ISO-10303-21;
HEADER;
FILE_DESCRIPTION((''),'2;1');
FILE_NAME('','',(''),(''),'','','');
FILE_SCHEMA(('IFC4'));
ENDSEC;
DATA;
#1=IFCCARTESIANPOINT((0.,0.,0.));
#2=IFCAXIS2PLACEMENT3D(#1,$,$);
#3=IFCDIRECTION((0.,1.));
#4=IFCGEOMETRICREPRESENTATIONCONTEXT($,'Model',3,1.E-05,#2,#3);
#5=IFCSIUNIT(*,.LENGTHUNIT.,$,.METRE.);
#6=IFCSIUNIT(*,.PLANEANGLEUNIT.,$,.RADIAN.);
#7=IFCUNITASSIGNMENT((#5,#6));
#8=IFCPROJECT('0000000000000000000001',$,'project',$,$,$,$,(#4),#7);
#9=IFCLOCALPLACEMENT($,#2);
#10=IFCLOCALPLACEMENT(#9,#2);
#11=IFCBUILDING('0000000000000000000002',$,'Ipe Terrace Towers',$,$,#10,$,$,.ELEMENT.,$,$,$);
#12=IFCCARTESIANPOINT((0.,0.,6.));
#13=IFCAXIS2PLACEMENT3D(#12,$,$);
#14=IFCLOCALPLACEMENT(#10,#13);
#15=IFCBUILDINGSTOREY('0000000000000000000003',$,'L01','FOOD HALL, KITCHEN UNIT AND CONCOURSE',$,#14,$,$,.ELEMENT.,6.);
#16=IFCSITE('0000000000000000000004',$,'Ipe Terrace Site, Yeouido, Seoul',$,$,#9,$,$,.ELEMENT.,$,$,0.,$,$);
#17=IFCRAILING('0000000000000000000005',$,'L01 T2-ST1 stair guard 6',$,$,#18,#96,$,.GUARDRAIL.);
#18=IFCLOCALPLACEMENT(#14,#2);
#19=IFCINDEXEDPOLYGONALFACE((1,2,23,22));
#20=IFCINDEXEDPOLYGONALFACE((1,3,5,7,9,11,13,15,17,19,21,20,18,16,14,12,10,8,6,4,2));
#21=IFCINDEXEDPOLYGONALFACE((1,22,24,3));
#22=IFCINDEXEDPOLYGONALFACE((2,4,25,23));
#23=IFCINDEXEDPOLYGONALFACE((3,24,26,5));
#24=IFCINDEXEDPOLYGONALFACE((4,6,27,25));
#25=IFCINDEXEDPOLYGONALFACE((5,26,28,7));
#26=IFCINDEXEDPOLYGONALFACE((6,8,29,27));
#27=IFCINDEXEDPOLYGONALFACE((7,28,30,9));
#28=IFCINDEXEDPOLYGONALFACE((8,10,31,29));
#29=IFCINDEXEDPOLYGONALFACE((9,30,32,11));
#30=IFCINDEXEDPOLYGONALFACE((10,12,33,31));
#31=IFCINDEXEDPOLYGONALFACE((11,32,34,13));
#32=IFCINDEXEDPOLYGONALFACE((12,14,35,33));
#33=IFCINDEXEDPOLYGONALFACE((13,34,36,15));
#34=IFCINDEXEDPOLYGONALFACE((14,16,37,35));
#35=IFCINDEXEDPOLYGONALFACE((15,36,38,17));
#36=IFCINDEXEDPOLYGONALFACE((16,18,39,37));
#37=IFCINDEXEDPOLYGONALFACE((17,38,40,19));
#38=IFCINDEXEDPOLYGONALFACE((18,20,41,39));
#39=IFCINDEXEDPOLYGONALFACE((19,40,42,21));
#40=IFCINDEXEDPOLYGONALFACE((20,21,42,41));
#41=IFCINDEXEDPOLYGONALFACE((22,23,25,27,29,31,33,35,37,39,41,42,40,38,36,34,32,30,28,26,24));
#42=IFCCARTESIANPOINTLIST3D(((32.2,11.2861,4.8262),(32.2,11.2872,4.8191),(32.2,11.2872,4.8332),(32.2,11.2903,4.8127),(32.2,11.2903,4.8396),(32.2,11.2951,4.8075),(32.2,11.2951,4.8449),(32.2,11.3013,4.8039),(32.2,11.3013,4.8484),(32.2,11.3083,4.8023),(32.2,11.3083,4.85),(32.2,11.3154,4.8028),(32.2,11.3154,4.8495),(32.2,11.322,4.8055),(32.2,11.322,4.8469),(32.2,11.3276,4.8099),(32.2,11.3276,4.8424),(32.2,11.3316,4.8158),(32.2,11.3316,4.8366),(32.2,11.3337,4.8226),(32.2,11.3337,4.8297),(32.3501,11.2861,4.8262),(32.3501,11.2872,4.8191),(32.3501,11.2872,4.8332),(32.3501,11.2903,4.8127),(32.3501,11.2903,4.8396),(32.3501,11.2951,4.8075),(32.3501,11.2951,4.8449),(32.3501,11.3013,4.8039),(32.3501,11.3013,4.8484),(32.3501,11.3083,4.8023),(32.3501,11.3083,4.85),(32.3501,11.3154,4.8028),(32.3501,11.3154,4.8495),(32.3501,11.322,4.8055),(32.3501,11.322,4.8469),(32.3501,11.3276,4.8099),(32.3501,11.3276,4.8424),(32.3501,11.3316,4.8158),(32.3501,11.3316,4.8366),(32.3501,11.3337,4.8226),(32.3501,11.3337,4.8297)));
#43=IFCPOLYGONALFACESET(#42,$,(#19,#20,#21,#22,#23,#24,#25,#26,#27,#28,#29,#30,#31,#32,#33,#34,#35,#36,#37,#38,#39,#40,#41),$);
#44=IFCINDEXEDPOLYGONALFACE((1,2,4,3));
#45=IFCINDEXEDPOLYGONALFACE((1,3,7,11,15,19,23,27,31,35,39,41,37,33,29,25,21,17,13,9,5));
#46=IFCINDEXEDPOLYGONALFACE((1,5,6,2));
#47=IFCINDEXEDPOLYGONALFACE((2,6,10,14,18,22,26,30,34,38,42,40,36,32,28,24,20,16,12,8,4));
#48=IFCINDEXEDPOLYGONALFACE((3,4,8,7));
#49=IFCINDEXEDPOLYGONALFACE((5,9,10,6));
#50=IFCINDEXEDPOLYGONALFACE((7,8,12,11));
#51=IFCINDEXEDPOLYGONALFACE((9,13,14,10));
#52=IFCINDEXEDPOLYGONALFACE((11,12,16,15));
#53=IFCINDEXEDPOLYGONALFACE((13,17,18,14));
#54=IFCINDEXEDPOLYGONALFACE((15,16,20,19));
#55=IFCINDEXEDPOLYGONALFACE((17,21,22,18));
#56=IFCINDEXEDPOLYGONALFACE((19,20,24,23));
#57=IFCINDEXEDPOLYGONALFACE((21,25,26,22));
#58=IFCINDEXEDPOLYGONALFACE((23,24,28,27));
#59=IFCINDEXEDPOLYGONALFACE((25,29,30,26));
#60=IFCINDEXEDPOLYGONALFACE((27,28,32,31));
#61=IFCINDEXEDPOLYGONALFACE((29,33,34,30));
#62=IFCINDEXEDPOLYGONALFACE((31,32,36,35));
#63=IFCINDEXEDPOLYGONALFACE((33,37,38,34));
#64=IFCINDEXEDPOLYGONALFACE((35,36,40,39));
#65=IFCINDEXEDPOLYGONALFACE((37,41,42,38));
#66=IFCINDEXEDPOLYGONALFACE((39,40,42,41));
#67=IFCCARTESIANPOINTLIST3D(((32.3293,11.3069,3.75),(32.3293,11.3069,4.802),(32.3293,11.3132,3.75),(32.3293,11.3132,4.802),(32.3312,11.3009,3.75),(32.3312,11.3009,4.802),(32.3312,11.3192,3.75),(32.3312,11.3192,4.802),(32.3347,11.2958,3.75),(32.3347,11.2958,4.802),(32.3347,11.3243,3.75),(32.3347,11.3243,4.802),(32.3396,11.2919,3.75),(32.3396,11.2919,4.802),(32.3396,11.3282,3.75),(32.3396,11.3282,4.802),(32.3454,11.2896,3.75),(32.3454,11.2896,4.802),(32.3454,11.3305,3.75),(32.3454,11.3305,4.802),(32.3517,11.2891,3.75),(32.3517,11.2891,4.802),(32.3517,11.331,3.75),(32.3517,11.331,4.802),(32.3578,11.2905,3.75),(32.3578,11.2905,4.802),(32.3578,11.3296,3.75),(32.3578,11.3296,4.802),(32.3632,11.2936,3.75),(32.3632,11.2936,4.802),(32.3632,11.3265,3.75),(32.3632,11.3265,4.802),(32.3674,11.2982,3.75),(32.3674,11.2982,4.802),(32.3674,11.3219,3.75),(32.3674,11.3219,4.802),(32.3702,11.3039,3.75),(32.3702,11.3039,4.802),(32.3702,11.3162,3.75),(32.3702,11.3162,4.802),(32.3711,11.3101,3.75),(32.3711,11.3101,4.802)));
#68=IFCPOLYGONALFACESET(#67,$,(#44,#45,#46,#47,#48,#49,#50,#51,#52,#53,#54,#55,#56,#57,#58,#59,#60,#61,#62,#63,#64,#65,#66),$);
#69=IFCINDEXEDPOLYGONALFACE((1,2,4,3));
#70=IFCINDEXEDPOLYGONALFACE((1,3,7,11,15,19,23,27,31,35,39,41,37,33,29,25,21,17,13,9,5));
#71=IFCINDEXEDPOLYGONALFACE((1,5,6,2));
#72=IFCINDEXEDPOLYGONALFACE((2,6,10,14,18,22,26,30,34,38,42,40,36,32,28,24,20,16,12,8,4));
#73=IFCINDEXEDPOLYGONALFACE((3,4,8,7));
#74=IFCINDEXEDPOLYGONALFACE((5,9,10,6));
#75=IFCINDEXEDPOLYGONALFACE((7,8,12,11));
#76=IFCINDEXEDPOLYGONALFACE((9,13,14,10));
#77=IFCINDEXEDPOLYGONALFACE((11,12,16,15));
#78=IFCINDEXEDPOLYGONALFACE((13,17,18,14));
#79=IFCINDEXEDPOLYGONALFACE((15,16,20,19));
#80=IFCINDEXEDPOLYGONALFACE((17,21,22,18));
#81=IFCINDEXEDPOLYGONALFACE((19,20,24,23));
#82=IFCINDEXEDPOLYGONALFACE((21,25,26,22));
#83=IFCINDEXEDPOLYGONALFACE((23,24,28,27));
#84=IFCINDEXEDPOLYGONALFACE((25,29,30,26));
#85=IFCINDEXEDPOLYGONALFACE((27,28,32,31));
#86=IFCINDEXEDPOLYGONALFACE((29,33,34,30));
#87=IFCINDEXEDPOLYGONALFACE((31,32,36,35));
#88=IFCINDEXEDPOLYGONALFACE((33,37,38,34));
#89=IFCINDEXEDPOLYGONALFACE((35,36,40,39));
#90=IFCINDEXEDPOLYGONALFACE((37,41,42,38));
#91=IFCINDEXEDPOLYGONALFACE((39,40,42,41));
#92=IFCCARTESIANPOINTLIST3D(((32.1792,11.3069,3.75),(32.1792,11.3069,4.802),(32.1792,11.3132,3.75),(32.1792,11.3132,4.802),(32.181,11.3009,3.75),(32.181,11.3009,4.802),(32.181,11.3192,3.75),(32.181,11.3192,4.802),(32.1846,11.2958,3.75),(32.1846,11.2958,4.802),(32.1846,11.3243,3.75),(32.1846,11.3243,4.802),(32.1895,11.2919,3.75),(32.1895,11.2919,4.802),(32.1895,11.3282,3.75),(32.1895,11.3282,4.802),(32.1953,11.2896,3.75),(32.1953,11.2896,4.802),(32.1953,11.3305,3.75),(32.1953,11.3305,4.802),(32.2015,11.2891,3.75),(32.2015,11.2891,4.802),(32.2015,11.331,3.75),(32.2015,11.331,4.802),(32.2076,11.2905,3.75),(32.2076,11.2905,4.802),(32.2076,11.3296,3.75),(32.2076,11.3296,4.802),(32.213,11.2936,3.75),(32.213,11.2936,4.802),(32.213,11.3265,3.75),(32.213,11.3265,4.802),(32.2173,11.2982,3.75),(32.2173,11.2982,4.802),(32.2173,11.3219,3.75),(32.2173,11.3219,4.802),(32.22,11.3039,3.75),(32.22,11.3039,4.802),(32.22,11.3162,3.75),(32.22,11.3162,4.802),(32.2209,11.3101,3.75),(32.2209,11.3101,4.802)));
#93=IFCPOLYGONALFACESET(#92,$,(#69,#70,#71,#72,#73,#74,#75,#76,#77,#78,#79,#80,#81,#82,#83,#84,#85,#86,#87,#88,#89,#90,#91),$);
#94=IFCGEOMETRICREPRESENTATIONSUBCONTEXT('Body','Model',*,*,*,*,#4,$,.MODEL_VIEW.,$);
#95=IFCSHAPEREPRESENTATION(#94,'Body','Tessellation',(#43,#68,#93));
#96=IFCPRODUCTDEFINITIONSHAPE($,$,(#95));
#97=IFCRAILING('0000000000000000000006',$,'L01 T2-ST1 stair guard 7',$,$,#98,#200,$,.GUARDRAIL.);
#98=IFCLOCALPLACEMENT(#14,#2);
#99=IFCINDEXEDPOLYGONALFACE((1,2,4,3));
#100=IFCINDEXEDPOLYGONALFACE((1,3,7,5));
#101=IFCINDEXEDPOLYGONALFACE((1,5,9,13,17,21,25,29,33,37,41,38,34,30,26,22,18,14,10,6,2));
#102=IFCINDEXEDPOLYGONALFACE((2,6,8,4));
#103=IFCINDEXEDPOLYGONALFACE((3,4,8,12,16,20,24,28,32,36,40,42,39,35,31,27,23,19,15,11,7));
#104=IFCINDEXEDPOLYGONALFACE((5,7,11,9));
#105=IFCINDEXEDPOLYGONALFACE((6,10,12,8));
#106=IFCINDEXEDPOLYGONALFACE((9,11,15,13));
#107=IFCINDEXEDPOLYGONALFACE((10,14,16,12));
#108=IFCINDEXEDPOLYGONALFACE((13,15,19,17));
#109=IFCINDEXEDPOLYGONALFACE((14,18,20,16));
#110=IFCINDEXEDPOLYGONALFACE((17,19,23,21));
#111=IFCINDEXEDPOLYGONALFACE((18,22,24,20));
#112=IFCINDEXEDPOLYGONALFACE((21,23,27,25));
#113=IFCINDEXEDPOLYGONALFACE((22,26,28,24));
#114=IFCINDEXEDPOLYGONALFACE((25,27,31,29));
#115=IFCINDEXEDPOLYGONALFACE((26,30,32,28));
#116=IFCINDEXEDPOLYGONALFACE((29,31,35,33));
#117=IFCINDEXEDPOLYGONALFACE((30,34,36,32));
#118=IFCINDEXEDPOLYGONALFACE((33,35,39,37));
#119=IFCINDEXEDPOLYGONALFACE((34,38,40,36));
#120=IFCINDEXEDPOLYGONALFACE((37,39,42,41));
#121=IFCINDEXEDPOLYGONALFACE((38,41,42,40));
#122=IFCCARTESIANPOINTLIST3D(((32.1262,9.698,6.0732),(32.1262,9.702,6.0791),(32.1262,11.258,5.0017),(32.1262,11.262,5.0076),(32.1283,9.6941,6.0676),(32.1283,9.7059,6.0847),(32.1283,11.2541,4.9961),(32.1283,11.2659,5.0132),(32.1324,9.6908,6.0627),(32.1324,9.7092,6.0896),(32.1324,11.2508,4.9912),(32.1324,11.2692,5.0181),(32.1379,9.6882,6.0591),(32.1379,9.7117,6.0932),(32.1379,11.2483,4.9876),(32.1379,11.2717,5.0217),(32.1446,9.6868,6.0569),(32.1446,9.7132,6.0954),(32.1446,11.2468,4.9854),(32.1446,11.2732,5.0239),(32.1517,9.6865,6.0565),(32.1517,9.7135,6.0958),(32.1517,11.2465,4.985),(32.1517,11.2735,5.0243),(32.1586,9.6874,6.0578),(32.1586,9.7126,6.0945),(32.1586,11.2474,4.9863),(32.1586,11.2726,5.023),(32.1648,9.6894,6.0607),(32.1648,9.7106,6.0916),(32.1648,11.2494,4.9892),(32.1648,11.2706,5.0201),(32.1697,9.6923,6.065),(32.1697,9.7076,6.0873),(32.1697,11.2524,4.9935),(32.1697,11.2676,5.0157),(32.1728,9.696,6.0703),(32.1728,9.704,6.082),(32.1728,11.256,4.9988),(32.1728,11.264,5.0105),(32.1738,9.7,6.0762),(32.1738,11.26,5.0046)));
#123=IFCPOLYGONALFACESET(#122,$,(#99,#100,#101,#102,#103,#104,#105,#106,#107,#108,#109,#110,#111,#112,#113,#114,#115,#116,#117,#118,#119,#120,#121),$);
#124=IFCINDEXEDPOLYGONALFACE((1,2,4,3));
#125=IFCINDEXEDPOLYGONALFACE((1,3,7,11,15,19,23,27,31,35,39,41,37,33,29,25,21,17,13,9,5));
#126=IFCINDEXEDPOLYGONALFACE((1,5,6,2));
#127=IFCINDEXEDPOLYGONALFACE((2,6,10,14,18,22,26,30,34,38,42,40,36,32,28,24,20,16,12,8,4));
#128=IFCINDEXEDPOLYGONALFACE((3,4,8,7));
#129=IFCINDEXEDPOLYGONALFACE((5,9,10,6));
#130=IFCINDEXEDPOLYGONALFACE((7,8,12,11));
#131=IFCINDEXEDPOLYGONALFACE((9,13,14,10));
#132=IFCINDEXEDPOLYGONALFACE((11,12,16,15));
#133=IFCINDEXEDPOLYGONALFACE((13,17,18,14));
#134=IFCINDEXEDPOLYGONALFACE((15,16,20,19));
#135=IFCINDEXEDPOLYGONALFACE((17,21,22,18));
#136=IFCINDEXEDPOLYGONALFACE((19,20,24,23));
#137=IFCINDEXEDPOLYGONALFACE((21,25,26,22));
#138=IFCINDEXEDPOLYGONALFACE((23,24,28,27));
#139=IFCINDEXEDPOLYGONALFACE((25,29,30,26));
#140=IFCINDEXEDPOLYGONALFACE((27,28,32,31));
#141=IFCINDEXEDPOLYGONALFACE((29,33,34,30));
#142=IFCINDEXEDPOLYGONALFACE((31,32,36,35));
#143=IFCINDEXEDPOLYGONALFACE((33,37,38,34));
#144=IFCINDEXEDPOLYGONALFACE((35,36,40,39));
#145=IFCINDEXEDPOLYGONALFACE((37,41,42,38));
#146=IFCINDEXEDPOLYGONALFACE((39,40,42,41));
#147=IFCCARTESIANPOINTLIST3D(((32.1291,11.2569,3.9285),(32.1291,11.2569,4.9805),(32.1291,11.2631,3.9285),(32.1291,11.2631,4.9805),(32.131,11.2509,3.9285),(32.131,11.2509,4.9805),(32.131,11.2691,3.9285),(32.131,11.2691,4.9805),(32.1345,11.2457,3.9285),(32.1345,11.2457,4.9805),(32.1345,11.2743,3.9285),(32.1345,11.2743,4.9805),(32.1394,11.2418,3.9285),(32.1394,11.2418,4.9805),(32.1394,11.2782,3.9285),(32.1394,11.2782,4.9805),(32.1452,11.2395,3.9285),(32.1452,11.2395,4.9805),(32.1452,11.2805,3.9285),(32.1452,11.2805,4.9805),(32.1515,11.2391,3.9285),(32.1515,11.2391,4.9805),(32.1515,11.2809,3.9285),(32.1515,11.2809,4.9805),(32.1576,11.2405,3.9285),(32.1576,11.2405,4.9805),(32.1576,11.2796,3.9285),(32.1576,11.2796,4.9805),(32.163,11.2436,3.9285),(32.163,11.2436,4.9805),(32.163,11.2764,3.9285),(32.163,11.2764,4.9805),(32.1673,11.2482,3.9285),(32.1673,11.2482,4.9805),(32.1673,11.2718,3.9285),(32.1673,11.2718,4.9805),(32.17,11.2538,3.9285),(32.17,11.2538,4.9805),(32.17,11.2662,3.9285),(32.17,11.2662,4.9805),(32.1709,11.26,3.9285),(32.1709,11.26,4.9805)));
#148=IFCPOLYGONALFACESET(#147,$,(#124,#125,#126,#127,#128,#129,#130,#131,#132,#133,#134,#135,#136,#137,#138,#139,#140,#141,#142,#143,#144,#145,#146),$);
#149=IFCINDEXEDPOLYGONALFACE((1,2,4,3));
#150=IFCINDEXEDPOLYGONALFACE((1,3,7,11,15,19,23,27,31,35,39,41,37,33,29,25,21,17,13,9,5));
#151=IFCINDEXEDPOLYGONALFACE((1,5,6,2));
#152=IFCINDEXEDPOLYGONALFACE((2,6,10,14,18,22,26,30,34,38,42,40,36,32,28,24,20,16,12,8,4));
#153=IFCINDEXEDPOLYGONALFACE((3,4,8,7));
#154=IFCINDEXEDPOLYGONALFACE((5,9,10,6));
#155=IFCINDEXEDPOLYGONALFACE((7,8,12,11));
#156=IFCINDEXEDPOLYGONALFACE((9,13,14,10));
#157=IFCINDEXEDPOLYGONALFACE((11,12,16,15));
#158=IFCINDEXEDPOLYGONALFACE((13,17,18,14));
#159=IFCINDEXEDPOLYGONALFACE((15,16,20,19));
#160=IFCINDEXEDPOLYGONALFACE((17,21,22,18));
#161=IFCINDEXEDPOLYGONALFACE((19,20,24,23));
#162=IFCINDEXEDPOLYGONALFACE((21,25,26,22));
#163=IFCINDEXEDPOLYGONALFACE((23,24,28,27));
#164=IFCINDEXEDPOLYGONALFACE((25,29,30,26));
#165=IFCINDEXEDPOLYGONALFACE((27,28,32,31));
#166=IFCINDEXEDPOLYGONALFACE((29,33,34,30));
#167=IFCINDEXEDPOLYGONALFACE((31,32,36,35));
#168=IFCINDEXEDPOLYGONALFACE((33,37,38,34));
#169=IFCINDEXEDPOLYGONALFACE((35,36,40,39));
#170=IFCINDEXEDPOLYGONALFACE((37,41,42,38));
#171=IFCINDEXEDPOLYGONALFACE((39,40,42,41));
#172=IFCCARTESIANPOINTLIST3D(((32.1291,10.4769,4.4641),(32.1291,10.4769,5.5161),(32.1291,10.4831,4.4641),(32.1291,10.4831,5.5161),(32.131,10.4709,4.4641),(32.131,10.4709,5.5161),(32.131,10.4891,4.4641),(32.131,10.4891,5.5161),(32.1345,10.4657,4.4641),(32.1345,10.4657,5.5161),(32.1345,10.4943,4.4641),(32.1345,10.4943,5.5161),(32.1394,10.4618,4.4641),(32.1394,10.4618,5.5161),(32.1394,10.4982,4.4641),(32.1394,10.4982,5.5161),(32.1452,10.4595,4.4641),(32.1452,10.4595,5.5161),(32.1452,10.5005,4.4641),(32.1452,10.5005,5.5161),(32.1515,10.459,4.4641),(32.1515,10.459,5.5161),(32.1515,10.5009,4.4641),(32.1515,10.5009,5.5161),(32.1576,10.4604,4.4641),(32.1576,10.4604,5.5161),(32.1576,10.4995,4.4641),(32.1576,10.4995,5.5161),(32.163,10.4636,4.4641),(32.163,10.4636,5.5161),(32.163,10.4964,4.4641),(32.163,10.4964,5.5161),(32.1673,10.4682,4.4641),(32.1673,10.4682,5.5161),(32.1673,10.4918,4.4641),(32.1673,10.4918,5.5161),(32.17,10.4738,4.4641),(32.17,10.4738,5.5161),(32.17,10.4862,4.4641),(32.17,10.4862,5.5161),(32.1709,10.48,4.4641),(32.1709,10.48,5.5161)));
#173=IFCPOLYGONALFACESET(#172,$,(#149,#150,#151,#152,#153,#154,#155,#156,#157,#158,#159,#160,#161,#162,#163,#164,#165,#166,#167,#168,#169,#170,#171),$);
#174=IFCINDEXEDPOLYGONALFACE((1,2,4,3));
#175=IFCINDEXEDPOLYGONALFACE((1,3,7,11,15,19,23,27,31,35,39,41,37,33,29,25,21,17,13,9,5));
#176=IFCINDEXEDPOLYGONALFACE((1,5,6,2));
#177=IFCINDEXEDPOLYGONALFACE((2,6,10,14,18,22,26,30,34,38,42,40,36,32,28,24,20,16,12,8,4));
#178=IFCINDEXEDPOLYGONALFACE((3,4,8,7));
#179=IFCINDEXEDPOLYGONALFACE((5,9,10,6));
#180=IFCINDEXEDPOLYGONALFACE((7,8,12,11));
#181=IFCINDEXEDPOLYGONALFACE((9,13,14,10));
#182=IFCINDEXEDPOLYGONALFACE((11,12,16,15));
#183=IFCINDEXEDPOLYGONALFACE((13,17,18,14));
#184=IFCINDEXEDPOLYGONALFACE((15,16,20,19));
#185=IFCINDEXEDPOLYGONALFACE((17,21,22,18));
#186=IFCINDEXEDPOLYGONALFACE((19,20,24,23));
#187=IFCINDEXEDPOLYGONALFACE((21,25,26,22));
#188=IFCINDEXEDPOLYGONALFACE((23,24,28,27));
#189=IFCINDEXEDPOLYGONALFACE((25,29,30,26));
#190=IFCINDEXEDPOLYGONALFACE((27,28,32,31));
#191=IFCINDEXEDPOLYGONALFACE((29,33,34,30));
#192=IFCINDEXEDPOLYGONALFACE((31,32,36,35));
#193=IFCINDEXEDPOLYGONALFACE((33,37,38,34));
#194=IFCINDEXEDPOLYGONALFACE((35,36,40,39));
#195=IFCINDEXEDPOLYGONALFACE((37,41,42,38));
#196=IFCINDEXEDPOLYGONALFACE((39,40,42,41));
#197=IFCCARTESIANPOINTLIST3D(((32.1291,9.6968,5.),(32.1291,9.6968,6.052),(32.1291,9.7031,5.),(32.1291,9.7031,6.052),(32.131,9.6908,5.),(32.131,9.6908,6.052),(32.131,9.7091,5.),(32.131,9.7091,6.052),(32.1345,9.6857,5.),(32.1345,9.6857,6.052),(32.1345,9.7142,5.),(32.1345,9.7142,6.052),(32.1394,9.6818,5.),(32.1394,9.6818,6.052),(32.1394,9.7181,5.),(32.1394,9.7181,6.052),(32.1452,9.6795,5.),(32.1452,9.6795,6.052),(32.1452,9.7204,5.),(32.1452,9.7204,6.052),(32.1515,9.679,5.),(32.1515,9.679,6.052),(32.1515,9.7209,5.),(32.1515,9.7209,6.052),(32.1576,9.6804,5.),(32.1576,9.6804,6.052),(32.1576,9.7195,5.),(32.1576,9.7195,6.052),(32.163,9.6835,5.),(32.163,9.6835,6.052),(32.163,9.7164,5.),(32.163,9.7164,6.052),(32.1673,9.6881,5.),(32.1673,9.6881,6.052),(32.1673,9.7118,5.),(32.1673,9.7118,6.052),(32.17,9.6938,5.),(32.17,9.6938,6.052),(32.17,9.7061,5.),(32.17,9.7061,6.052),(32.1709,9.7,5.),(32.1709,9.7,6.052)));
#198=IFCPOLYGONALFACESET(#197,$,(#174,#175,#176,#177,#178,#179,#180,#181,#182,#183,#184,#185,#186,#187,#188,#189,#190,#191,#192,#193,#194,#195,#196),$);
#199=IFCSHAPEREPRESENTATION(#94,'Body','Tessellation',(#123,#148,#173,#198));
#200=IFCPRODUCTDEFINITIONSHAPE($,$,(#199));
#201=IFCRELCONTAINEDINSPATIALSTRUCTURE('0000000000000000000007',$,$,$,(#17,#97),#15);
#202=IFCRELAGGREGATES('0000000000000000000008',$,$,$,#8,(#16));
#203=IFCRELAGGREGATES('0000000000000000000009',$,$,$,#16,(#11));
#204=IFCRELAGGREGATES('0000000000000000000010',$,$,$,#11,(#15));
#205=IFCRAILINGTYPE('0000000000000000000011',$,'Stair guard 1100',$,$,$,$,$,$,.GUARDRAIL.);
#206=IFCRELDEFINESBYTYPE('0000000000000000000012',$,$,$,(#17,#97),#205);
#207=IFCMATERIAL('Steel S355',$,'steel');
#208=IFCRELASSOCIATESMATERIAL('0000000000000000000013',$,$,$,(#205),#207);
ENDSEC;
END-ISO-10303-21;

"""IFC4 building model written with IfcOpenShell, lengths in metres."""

from ifc_helpers import new_model, si_unit, direction, frame, origin, origin_2d, place, context, subcontext, project, spatial, circle, extrude, material, type_object, element, save


model = new_model("IFC4")

# Units and contexts
model_context = context("Model", 3, precision=1e-05, world=origin(), true_north=direction((0.0, 1.0)))
body_context = subcontext(model_context, "Body", "Model", "MODEL_VIEW")
ifc_project = project(units=[si_unit("LENGTHUNIT", "METRE"), si_unit("PLANEANGLEUNIT", "RADIAN")], contexts=[model_context])

# Site, building, storey
site_placement = place(None, origin())
site = spatial("IfcSite", under=ifc_project, at=site_placement, Name="Ipe Terrace Site, Yeouido, Seoul", CompositionType="ELEMENT", RefElevation=0.0)
building_placement = place(site_placement, origin())
building = spatial("IfcBuilding", under=site, at=building_placement, Name="Ipe Terrace Towers", CompositionType="ELEMENT")
storey_placement = place(building_placement, frame((0.0, 0.0, 6.0)))
storey = spatial("IfcBuildingStorey", under=building, at=storey_placement, Name="L01", Description="FOOD HALL, KITCHEN UNIT AND CONCOURSE", CompositionType="ELEMENT", Elevation=6.0)

# Railings
ifc_material_1 = material(Name="Steel S355", Category="steel")
railing_type_1 = type_object("IfcRailingType", Name="Stair guard 1100", PredefinedType="GUARDRAIL", material=ifc_material_1)
railing_1_placement = place(storey_placement, frame((32.3501, 11.3101, 3.75)))
element("IfcRailing", 1, at=railing_1_placement, inside=storey, type_object=railing_type_1, Name="L01 T2-ST1 stair guard 6", PredefinedType="GUARDRAIL", context=body_context, shape_type="SweptSolid", body=[
    extrude(circle(Radius=0.0239, at=origin_2d()), frame((0.0, 0.0, 1.0762), z_axis=(-1.0, 0.0, 0.0), x_axis=(0.0, -1.0, 0.0)), (0.0, 0.0, 1.0), 0.1501),
    extrude(circle(Radius=0.021, at=origin_2d()), origin(), (0.0, 0.0, 1.0), 1.052),
    extrude(circle(Radius=0.021, at=origin_2d()), frame((-0.1501, 0.0, 0.0)), (0.0, 0.0, 1.0), 1.052),
])
railing_2_placement = place(storey_placement, frame((32.1499, 11.26, 3.9285)))
element("IfcRailing", 2, at=railing_2_placement, inside=storey, type_object=railing_type_1, Name="L01 T2-ST1 stair guard 7", PredefinedType="GUARDRAIL", context=body_context, shape_type="SweptSolid", body=[
    extrude(circle(Radius=0.0239, at=origin_2d()), frame((0.0, 0.0, 1.0762), z_axis=(0.0, -0.82429, 0.566167), x_axis=(1.0, 0.0, 0.0)), (0.0, 0.0, 1.0), 1.8926),
    extrude(circle(Radius=0.021, at=origin_2d()), origin(), (0.0, 0.0, 1.0), 1.052),
    extrude(circle(Radius=0.021, at=origin_2d()), frame((0.0, -0.78, 0.5356)), (0.0, 0.0, 1.0), 1.052),
    extrude(circle(Radius=0.021, at=origin_2d()), frame((0.0, -1.5601, 1.0715)), (0.0, 0.0, 1.0), 1.052),
])

save(model, "model.ifc")
